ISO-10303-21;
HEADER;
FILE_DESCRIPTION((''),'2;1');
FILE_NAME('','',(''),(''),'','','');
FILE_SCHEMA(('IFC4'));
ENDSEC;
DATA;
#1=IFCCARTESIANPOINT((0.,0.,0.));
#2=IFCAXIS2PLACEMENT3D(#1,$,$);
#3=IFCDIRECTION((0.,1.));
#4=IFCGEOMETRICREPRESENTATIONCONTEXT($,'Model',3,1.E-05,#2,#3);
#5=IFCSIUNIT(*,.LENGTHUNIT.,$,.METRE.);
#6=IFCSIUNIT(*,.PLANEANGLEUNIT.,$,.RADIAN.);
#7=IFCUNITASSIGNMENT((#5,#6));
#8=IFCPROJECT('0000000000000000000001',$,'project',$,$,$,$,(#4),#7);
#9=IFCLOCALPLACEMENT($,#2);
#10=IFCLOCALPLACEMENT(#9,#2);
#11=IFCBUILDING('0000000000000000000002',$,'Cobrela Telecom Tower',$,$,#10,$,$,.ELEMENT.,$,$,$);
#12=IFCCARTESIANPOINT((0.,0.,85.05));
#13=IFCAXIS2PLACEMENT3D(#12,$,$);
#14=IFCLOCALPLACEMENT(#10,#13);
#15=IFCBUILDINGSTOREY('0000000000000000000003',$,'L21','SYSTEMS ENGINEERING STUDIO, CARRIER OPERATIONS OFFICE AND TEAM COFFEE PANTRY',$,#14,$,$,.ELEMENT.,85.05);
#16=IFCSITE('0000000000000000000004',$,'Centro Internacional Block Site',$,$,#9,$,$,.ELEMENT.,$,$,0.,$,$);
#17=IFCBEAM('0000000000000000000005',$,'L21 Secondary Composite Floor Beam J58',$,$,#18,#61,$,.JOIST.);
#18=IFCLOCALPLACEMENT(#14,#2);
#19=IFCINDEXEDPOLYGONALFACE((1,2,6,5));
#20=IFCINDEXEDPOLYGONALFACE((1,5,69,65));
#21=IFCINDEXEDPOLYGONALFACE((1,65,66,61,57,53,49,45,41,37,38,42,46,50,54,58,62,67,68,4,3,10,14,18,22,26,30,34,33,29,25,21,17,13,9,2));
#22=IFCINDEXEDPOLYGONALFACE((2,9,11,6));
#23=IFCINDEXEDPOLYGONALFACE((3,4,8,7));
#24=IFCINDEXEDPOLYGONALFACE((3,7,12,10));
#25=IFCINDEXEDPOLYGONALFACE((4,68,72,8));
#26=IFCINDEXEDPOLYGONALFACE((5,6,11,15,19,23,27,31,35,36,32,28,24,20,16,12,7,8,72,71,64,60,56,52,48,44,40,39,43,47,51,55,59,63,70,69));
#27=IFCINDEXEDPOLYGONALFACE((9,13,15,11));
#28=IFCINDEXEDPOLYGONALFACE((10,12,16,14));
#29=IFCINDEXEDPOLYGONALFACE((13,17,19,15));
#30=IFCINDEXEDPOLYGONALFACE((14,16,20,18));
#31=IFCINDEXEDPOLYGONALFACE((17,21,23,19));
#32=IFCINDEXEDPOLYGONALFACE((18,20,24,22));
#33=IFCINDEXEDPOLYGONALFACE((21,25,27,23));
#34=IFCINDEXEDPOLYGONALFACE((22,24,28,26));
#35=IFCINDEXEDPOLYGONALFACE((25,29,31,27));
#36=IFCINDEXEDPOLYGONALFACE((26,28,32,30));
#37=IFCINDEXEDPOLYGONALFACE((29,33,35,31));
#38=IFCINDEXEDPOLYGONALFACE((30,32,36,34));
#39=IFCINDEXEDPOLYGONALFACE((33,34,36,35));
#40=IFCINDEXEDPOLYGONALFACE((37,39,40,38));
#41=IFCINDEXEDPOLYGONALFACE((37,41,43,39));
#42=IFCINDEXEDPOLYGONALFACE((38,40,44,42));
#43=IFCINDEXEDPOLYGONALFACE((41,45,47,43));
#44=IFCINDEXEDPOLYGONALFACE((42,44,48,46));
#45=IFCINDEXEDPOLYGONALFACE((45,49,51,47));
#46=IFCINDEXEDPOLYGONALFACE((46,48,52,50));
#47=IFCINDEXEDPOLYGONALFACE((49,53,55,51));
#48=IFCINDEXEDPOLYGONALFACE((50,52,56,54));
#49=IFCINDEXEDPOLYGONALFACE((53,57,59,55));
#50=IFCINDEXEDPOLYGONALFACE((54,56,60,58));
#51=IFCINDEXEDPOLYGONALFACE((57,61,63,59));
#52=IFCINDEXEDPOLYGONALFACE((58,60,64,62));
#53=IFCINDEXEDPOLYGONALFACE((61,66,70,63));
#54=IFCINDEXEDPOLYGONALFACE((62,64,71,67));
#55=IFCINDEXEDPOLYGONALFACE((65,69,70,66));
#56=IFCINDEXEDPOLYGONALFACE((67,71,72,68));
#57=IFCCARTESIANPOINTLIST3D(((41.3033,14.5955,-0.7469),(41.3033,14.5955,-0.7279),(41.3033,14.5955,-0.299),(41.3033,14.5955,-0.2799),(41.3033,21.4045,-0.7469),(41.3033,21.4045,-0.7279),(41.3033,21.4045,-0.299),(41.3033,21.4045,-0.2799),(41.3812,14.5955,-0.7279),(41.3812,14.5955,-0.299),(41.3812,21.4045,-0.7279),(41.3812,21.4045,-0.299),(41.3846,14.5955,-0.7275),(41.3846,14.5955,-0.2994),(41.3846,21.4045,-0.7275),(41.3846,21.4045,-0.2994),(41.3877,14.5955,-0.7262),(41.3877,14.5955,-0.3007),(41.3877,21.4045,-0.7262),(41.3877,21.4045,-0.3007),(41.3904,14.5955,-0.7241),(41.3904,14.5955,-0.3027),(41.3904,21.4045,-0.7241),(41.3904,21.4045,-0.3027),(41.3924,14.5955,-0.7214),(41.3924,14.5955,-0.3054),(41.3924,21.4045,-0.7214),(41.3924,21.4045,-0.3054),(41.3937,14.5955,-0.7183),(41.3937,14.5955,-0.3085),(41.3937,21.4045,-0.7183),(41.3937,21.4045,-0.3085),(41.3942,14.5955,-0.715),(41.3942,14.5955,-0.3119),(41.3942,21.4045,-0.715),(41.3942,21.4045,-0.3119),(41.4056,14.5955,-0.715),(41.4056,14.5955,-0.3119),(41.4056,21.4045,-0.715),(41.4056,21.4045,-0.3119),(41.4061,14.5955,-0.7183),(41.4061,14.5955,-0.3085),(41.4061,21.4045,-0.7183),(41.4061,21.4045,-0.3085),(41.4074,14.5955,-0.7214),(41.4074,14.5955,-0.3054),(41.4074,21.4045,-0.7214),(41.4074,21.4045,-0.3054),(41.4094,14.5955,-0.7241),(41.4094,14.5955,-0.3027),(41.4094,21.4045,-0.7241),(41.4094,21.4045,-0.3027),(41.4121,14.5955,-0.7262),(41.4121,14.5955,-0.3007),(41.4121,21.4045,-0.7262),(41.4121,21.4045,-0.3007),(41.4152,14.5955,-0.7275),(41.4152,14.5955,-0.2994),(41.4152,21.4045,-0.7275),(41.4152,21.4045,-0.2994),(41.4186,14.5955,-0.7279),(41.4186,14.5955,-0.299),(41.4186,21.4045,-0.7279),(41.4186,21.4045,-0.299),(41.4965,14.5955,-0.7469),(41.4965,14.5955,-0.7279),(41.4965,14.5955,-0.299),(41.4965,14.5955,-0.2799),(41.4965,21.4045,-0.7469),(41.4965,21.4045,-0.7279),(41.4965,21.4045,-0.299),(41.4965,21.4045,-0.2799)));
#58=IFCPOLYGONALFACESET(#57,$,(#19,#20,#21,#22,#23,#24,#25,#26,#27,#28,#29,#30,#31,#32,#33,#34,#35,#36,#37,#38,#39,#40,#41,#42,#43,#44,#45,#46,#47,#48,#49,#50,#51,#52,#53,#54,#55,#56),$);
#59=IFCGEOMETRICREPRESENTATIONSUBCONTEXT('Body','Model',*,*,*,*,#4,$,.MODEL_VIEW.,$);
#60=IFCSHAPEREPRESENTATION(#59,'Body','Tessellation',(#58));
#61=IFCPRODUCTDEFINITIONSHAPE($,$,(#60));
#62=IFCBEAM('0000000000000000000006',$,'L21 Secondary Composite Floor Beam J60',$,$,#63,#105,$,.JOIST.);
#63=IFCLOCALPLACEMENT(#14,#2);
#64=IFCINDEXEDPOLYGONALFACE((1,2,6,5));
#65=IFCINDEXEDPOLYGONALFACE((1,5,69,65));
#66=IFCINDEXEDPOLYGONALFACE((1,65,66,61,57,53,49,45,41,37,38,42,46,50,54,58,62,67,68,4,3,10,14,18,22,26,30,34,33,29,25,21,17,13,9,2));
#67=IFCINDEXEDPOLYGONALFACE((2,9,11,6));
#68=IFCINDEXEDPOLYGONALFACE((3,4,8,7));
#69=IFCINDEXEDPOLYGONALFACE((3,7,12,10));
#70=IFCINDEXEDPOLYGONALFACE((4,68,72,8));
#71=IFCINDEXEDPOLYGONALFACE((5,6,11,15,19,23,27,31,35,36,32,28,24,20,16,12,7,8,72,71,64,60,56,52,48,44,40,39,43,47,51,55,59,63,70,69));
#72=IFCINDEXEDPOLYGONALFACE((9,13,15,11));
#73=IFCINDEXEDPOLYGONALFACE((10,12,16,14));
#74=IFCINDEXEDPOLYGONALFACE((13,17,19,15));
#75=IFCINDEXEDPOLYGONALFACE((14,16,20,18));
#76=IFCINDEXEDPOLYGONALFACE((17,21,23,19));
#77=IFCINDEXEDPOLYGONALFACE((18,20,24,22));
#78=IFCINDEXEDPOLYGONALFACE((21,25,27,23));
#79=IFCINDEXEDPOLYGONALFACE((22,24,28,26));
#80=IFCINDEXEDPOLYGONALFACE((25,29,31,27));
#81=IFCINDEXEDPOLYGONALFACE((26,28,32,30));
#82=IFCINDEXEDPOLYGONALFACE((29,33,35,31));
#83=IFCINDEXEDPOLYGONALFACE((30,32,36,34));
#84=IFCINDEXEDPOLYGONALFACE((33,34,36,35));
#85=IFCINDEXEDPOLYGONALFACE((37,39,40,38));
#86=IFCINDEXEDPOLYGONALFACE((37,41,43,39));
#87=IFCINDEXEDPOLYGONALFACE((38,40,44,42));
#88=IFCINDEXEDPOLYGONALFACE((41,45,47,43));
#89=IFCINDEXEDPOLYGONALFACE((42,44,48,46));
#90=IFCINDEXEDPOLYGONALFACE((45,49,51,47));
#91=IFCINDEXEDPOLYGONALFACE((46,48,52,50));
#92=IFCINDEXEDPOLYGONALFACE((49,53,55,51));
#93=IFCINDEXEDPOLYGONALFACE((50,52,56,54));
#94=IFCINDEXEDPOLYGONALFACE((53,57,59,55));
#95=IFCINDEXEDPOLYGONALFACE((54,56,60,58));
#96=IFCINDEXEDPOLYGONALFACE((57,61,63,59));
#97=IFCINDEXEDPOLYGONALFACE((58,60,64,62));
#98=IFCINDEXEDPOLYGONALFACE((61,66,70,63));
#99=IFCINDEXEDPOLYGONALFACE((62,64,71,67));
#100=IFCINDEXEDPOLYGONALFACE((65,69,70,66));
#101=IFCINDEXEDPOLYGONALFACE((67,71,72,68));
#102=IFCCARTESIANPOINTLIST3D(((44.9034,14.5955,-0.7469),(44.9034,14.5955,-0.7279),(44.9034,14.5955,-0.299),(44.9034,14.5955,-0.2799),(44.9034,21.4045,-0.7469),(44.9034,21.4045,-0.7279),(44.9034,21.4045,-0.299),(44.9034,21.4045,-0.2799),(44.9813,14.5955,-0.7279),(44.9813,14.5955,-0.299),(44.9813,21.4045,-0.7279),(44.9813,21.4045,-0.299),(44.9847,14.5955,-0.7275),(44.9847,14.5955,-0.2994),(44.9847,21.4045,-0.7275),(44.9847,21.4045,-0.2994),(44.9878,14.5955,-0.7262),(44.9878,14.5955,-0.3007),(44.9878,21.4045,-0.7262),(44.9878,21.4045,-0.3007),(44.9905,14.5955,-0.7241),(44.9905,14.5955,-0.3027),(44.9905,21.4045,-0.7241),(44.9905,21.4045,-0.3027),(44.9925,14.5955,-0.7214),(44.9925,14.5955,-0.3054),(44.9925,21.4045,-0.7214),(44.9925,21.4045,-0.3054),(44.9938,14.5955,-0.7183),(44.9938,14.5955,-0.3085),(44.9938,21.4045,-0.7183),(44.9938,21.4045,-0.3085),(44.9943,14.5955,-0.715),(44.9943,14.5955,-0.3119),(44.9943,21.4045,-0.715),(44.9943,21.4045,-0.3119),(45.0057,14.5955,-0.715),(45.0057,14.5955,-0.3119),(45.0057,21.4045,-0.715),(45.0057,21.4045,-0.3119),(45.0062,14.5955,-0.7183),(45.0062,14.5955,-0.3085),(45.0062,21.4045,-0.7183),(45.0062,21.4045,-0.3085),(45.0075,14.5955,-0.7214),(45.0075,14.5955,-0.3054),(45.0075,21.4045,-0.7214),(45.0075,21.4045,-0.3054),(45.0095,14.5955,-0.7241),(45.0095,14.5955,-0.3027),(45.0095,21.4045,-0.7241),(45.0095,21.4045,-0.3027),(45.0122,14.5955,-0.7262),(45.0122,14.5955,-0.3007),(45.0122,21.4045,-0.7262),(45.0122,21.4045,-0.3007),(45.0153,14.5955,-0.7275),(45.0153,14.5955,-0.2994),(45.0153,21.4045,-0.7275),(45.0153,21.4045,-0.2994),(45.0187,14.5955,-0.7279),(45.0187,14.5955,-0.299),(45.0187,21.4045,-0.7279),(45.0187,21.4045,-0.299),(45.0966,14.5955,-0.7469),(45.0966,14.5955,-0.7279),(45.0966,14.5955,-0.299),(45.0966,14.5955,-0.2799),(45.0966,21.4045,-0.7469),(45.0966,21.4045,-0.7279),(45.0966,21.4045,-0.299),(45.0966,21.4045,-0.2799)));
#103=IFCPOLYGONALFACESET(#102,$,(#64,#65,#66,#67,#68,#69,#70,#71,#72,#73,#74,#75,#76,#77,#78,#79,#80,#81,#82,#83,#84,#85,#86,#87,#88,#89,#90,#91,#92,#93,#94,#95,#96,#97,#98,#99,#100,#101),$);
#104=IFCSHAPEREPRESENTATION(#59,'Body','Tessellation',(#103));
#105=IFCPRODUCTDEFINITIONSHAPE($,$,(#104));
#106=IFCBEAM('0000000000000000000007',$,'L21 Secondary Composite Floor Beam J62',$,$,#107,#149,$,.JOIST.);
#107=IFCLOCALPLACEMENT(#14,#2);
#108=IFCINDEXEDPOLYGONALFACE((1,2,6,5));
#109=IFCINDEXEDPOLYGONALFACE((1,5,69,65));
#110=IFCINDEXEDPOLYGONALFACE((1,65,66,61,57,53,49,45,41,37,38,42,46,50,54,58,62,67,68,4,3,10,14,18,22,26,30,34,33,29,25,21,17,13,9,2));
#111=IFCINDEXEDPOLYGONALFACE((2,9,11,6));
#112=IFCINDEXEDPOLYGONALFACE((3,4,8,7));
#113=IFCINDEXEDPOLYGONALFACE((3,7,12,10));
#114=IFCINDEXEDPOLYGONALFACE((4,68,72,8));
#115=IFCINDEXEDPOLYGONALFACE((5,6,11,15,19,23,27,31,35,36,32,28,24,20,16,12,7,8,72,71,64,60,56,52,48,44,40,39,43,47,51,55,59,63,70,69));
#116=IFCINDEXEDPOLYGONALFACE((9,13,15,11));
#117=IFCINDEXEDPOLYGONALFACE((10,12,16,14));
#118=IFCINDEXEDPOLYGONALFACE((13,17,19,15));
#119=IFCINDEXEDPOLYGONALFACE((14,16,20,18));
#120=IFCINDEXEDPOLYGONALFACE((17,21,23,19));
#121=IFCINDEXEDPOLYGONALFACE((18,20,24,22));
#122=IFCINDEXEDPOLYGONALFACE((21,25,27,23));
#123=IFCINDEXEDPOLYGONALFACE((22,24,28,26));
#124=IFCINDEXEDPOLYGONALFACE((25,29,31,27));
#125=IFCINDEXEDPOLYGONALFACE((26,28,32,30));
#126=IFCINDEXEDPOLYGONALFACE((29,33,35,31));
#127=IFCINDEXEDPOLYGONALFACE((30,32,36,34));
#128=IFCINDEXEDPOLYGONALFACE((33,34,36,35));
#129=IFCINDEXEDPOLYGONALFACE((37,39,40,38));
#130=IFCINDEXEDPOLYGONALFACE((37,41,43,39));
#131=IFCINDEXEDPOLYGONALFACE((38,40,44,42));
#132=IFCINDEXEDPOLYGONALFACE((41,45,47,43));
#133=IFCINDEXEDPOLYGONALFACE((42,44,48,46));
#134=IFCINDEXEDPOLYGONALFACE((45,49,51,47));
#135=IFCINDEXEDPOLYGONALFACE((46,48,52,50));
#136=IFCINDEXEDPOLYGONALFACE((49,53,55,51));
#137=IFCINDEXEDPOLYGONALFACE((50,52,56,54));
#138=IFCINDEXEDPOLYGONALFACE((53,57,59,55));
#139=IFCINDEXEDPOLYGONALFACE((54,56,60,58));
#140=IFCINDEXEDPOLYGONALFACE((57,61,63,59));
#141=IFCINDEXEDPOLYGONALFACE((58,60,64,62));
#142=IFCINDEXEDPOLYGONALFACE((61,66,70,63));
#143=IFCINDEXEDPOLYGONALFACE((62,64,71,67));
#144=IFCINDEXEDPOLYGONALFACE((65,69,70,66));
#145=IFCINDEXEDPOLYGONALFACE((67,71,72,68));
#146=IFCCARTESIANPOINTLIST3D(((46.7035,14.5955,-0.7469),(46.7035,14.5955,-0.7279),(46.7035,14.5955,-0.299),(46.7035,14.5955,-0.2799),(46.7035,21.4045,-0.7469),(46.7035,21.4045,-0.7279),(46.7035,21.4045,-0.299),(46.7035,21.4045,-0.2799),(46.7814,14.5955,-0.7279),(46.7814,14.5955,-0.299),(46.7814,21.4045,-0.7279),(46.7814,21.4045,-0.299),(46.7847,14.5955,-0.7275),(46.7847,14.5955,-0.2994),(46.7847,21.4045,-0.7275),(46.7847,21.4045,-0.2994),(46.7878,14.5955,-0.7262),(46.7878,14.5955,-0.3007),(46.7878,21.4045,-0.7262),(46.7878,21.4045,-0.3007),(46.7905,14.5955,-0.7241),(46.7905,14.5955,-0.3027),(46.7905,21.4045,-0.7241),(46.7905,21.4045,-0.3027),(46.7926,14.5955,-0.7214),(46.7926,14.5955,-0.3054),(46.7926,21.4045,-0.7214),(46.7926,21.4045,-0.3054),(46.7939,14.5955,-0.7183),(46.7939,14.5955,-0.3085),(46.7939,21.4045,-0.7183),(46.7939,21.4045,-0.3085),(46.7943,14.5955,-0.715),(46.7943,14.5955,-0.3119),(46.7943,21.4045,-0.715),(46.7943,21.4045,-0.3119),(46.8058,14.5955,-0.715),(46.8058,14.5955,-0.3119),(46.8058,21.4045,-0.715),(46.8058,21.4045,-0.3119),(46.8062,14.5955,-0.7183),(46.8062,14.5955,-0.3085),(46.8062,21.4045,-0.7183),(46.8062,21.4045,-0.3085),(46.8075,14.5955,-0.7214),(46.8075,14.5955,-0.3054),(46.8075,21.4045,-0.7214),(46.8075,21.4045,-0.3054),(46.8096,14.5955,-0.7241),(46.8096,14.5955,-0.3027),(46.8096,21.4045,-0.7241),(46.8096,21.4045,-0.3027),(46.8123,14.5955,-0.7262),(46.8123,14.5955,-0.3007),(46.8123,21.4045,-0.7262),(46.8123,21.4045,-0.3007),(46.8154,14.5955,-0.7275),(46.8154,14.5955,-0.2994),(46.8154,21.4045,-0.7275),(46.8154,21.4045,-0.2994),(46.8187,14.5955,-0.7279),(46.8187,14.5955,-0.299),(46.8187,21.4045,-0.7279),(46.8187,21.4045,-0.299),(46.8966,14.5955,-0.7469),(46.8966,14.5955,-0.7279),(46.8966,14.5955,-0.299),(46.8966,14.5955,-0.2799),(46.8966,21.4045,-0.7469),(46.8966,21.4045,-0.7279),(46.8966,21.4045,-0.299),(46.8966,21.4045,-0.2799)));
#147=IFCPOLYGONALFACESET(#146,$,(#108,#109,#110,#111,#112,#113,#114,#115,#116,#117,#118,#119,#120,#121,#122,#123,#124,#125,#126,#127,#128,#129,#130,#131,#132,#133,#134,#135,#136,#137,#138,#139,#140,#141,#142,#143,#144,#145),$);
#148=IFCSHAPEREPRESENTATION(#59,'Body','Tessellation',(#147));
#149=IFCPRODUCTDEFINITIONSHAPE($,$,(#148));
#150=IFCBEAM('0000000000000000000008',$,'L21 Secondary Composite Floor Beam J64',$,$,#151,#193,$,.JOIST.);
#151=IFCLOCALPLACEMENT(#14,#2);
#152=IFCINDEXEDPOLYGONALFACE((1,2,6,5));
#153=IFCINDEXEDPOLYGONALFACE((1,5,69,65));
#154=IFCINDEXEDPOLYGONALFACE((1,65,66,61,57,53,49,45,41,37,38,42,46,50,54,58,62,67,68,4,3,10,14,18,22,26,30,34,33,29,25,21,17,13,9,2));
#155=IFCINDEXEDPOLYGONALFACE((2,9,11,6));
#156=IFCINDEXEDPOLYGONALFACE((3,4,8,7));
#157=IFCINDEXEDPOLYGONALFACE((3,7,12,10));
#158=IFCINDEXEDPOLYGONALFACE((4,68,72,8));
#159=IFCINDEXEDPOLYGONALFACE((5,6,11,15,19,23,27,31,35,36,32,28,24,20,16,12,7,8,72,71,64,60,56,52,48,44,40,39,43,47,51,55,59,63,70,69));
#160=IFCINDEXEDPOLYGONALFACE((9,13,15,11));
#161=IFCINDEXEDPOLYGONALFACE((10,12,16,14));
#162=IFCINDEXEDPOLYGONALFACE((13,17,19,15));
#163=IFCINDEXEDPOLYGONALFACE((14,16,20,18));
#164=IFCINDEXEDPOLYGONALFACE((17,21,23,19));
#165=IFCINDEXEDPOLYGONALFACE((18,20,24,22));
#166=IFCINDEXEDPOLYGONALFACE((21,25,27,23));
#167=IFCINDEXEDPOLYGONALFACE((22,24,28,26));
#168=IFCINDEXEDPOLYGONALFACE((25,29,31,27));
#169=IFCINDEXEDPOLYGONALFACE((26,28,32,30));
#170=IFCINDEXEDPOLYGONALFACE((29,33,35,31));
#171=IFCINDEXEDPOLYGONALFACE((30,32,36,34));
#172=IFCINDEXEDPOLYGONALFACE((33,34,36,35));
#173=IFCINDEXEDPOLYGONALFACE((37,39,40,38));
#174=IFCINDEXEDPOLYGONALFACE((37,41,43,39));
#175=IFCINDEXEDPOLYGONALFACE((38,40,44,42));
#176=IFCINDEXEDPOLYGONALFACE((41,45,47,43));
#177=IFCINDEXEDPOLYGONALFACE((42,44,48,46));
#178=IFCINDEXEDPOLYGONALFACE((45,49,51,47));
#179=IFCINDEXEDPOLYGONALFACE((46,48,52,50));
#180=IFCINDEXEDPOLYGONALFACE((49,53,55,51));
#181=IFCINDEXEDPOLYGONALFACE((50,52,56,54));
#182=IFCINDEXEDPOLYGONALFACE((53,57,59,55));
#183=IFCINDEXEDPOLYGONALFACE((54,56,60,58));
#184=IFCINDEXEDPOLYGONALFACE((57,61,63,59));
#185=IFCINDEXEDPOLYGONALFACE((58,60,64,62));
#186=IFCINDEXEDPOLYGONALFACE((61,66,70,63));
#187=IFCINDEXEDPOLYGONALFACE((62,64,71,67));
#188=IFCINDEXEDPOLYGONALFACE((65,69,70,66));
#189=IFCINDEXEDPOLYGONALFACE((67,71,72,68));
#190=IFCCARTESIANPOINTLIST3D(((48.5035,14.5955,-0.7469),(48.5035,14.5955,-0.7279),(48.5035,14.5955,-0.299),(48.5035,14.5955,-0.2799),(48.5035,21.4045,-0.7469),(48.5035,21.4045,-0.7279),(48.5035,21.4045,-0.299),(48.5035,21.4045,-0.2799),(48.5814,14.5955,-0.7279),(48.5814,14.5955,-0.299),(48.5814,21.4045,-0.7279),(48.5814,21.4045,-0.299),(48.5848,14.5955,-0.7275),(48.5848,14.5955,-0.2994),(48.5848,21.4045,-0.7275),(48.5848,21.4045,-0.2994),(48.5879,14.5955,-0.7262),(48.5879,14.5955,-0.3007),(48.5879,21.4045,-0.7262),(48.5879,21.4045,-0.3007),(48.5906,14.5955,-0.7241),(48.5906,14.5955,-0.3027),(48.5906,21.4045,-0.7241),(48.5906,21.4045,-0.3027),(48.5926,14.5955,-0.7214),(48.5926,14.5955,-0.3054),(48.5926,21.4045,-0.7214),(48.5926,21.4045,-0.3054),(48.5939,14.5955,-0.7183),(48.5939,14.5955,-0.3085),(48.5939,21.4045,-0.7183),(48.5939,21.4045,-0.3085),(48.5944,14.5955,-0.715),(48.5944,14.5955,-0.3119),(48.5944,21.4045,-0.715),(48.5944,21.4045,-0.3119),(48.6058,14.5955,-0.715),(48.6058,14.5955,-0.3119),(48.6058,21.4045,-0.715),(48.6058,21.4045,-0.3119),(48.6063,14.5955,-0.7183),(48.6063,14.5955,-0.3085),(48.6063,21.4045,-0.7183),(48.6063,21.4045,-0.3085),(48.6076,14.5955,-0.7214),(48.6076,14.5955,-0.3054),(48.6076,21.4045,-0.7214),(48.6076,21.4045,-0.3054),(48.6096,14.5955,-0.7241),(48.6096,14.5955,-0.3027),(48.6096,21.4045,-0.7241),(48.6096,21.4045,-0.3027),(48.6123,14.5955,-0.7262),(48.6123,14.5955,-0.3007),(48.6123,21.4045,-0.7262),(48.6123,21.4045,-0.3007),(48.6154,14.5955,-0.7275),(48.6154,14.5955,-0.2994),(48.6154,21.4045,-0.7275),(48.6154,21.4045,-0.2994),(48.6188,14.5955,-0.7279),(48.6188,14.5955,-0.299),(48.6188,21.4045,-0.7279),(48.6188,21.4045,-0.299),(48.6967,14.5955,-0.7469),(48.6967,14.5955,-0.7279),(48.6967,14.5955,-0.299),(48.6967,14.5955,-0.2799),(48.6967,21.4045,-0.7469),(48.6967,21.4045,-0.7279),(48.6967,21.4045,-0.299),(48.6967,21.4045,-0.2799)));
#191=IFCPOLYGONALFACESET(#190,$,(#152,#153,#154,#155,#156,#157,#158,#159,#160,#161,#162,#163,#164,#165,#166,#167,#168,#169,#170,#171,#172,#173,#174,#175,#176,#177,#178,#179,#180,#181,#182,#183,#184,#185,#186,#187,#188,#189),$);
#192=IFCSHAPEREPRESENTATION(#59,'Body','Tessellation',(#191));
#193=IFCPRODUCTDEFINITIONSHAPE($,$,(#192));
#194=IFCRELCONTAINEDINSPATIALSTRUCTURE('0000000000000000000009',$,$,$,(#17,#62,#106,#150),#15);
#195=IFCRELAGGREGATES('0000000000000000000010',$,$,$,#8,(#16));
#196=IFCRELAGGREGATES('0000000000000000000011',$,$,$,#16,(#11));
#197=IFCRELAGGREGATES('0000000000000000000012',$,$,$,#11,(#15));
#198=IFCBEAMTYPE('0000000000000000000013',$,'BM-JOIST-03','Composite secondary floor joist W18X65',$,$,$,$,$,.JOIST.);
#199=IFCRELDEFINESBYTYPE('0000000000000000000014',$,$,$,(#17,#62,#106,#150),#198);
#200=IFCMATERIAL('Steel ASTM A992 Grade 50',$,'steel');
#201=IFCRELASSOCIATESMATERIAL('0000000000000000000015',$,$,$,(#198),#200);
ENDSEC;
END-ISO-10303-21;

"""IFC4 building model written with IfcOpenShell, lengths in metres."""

from ifc_helpers import new_model, si_unit, direction, frame, origin, origin_2d, place, context, subcontext, project, spatial, i_section, extrude, material, material_profile, profile_set, type_object, element, save


model = new_model("IFC4")

# Units and contexts
model_context = context("Model", 3, precision=1e-05, world=origin(), true_north=direction((0.0, 1.0)))
body_context = subcontext(model_context, "Body", "Model", "MODEL_VIEW")
ifc_project = project(units=[si_unit("LENGTHUNIT", "METRE"), si_unit("PLANEANGLEUNIT", "RADIAN")], contexts=[model_context])

# Site, building, storey
site_placement = place(None, origin())
site = spatial("IfcSite", under=ifc_project, at=site_placement, Name="Centro Internacional Block Site", CompositionType="ELEMENT", RefElevation=0.0)
building_placement = place(site_placement, origin())
building = spatial("IfcBuilding", under=site, at=building_placement, Name="Cobrela Telecom Tower", CompositionType="ELEMENT")
storey_placement = place(building_placement, frame((0.0, 0.0, 85.05)))
storey = spatial("IfcBuildingStorey", under=building, at=storey_placement, Name="L21", Description="SYSTEMS ENGINEERING STUDIO, CARRIER OPERATIONS OFFICE AND TEAM COFFEE PANTRY", CompositionType="ELEMENT", Elevation=85.05)

# Shared definitions
ifc_material_1 = material(Name="Steel ASTM A992 Grade 50", Category="steel")

# Beams
ifc_material_profile_1 = material_profile(ifc_material_1, i_section(OverallWidth=0.1931, OverallDepth=0.467, WebThickness=0.0115, FlangeThickness=0.019, FilletRadius=0.0129, at=origin_2d()), Name="W18X65")
ifc_profile_set_1 = profile_set([ifc_material_profile_1], Name="Steel ASTM A992 Grade 50")
beam_type_1 = type_object("IfcBeamType", Name="BM-JOIST-03", Description="Composite secondary floor joist W18X65", PredefinedType="JOIST", material=ifc_profile_set_1)
for number, where, z_axis, x_axis, name in (
    (1, (41.3999, 14.5955, -0.5134), (0.0, 1.0, 0.0), (-1.0, 0.0, 0.0), "L21 Secondary Composite Floor Beam J58"),
    (2, (45.0, 14.5955, -0.5134), (0.0, 1.0, 0.0), (-1.0, 0.0, 0.0), "L21 Secondary Composite Floor Beam J60"),
    (3, (46.8, 14.5955, -0.5134), (0.0, 1.0, 0.0), (-1.0, 0.0, 0.0), "L21 Secondary Composite Floor Beam J62"),
    (4, (48.6001, 14.5955, -0.5134), (0.0, 1.0, 0.0), (-1.0, 0.0, 0.0), "L21 Secondary Composite Floor Beam J64"),
):
    element("IfcBeam", number, at=place(storey_placement, frame(where, z_axis=z_axis, x_axis=x_axis)), inside=storey, type_object=beam_type_1, Name=name, PredefinedType="JOIST", context=body_context, shape_type="SweptSolid", body=[
        extrude(i_section(OverallWidth=0.1931, OverallDepth=0.467, WebThickness=0.0115, FlangeThickness=0.019, FilletRadius=0.0129, at=origin_2d()), origin(), (0.0, 0.0, 1.0), 6.8091),
    ])

save(model, "model.ifc")
